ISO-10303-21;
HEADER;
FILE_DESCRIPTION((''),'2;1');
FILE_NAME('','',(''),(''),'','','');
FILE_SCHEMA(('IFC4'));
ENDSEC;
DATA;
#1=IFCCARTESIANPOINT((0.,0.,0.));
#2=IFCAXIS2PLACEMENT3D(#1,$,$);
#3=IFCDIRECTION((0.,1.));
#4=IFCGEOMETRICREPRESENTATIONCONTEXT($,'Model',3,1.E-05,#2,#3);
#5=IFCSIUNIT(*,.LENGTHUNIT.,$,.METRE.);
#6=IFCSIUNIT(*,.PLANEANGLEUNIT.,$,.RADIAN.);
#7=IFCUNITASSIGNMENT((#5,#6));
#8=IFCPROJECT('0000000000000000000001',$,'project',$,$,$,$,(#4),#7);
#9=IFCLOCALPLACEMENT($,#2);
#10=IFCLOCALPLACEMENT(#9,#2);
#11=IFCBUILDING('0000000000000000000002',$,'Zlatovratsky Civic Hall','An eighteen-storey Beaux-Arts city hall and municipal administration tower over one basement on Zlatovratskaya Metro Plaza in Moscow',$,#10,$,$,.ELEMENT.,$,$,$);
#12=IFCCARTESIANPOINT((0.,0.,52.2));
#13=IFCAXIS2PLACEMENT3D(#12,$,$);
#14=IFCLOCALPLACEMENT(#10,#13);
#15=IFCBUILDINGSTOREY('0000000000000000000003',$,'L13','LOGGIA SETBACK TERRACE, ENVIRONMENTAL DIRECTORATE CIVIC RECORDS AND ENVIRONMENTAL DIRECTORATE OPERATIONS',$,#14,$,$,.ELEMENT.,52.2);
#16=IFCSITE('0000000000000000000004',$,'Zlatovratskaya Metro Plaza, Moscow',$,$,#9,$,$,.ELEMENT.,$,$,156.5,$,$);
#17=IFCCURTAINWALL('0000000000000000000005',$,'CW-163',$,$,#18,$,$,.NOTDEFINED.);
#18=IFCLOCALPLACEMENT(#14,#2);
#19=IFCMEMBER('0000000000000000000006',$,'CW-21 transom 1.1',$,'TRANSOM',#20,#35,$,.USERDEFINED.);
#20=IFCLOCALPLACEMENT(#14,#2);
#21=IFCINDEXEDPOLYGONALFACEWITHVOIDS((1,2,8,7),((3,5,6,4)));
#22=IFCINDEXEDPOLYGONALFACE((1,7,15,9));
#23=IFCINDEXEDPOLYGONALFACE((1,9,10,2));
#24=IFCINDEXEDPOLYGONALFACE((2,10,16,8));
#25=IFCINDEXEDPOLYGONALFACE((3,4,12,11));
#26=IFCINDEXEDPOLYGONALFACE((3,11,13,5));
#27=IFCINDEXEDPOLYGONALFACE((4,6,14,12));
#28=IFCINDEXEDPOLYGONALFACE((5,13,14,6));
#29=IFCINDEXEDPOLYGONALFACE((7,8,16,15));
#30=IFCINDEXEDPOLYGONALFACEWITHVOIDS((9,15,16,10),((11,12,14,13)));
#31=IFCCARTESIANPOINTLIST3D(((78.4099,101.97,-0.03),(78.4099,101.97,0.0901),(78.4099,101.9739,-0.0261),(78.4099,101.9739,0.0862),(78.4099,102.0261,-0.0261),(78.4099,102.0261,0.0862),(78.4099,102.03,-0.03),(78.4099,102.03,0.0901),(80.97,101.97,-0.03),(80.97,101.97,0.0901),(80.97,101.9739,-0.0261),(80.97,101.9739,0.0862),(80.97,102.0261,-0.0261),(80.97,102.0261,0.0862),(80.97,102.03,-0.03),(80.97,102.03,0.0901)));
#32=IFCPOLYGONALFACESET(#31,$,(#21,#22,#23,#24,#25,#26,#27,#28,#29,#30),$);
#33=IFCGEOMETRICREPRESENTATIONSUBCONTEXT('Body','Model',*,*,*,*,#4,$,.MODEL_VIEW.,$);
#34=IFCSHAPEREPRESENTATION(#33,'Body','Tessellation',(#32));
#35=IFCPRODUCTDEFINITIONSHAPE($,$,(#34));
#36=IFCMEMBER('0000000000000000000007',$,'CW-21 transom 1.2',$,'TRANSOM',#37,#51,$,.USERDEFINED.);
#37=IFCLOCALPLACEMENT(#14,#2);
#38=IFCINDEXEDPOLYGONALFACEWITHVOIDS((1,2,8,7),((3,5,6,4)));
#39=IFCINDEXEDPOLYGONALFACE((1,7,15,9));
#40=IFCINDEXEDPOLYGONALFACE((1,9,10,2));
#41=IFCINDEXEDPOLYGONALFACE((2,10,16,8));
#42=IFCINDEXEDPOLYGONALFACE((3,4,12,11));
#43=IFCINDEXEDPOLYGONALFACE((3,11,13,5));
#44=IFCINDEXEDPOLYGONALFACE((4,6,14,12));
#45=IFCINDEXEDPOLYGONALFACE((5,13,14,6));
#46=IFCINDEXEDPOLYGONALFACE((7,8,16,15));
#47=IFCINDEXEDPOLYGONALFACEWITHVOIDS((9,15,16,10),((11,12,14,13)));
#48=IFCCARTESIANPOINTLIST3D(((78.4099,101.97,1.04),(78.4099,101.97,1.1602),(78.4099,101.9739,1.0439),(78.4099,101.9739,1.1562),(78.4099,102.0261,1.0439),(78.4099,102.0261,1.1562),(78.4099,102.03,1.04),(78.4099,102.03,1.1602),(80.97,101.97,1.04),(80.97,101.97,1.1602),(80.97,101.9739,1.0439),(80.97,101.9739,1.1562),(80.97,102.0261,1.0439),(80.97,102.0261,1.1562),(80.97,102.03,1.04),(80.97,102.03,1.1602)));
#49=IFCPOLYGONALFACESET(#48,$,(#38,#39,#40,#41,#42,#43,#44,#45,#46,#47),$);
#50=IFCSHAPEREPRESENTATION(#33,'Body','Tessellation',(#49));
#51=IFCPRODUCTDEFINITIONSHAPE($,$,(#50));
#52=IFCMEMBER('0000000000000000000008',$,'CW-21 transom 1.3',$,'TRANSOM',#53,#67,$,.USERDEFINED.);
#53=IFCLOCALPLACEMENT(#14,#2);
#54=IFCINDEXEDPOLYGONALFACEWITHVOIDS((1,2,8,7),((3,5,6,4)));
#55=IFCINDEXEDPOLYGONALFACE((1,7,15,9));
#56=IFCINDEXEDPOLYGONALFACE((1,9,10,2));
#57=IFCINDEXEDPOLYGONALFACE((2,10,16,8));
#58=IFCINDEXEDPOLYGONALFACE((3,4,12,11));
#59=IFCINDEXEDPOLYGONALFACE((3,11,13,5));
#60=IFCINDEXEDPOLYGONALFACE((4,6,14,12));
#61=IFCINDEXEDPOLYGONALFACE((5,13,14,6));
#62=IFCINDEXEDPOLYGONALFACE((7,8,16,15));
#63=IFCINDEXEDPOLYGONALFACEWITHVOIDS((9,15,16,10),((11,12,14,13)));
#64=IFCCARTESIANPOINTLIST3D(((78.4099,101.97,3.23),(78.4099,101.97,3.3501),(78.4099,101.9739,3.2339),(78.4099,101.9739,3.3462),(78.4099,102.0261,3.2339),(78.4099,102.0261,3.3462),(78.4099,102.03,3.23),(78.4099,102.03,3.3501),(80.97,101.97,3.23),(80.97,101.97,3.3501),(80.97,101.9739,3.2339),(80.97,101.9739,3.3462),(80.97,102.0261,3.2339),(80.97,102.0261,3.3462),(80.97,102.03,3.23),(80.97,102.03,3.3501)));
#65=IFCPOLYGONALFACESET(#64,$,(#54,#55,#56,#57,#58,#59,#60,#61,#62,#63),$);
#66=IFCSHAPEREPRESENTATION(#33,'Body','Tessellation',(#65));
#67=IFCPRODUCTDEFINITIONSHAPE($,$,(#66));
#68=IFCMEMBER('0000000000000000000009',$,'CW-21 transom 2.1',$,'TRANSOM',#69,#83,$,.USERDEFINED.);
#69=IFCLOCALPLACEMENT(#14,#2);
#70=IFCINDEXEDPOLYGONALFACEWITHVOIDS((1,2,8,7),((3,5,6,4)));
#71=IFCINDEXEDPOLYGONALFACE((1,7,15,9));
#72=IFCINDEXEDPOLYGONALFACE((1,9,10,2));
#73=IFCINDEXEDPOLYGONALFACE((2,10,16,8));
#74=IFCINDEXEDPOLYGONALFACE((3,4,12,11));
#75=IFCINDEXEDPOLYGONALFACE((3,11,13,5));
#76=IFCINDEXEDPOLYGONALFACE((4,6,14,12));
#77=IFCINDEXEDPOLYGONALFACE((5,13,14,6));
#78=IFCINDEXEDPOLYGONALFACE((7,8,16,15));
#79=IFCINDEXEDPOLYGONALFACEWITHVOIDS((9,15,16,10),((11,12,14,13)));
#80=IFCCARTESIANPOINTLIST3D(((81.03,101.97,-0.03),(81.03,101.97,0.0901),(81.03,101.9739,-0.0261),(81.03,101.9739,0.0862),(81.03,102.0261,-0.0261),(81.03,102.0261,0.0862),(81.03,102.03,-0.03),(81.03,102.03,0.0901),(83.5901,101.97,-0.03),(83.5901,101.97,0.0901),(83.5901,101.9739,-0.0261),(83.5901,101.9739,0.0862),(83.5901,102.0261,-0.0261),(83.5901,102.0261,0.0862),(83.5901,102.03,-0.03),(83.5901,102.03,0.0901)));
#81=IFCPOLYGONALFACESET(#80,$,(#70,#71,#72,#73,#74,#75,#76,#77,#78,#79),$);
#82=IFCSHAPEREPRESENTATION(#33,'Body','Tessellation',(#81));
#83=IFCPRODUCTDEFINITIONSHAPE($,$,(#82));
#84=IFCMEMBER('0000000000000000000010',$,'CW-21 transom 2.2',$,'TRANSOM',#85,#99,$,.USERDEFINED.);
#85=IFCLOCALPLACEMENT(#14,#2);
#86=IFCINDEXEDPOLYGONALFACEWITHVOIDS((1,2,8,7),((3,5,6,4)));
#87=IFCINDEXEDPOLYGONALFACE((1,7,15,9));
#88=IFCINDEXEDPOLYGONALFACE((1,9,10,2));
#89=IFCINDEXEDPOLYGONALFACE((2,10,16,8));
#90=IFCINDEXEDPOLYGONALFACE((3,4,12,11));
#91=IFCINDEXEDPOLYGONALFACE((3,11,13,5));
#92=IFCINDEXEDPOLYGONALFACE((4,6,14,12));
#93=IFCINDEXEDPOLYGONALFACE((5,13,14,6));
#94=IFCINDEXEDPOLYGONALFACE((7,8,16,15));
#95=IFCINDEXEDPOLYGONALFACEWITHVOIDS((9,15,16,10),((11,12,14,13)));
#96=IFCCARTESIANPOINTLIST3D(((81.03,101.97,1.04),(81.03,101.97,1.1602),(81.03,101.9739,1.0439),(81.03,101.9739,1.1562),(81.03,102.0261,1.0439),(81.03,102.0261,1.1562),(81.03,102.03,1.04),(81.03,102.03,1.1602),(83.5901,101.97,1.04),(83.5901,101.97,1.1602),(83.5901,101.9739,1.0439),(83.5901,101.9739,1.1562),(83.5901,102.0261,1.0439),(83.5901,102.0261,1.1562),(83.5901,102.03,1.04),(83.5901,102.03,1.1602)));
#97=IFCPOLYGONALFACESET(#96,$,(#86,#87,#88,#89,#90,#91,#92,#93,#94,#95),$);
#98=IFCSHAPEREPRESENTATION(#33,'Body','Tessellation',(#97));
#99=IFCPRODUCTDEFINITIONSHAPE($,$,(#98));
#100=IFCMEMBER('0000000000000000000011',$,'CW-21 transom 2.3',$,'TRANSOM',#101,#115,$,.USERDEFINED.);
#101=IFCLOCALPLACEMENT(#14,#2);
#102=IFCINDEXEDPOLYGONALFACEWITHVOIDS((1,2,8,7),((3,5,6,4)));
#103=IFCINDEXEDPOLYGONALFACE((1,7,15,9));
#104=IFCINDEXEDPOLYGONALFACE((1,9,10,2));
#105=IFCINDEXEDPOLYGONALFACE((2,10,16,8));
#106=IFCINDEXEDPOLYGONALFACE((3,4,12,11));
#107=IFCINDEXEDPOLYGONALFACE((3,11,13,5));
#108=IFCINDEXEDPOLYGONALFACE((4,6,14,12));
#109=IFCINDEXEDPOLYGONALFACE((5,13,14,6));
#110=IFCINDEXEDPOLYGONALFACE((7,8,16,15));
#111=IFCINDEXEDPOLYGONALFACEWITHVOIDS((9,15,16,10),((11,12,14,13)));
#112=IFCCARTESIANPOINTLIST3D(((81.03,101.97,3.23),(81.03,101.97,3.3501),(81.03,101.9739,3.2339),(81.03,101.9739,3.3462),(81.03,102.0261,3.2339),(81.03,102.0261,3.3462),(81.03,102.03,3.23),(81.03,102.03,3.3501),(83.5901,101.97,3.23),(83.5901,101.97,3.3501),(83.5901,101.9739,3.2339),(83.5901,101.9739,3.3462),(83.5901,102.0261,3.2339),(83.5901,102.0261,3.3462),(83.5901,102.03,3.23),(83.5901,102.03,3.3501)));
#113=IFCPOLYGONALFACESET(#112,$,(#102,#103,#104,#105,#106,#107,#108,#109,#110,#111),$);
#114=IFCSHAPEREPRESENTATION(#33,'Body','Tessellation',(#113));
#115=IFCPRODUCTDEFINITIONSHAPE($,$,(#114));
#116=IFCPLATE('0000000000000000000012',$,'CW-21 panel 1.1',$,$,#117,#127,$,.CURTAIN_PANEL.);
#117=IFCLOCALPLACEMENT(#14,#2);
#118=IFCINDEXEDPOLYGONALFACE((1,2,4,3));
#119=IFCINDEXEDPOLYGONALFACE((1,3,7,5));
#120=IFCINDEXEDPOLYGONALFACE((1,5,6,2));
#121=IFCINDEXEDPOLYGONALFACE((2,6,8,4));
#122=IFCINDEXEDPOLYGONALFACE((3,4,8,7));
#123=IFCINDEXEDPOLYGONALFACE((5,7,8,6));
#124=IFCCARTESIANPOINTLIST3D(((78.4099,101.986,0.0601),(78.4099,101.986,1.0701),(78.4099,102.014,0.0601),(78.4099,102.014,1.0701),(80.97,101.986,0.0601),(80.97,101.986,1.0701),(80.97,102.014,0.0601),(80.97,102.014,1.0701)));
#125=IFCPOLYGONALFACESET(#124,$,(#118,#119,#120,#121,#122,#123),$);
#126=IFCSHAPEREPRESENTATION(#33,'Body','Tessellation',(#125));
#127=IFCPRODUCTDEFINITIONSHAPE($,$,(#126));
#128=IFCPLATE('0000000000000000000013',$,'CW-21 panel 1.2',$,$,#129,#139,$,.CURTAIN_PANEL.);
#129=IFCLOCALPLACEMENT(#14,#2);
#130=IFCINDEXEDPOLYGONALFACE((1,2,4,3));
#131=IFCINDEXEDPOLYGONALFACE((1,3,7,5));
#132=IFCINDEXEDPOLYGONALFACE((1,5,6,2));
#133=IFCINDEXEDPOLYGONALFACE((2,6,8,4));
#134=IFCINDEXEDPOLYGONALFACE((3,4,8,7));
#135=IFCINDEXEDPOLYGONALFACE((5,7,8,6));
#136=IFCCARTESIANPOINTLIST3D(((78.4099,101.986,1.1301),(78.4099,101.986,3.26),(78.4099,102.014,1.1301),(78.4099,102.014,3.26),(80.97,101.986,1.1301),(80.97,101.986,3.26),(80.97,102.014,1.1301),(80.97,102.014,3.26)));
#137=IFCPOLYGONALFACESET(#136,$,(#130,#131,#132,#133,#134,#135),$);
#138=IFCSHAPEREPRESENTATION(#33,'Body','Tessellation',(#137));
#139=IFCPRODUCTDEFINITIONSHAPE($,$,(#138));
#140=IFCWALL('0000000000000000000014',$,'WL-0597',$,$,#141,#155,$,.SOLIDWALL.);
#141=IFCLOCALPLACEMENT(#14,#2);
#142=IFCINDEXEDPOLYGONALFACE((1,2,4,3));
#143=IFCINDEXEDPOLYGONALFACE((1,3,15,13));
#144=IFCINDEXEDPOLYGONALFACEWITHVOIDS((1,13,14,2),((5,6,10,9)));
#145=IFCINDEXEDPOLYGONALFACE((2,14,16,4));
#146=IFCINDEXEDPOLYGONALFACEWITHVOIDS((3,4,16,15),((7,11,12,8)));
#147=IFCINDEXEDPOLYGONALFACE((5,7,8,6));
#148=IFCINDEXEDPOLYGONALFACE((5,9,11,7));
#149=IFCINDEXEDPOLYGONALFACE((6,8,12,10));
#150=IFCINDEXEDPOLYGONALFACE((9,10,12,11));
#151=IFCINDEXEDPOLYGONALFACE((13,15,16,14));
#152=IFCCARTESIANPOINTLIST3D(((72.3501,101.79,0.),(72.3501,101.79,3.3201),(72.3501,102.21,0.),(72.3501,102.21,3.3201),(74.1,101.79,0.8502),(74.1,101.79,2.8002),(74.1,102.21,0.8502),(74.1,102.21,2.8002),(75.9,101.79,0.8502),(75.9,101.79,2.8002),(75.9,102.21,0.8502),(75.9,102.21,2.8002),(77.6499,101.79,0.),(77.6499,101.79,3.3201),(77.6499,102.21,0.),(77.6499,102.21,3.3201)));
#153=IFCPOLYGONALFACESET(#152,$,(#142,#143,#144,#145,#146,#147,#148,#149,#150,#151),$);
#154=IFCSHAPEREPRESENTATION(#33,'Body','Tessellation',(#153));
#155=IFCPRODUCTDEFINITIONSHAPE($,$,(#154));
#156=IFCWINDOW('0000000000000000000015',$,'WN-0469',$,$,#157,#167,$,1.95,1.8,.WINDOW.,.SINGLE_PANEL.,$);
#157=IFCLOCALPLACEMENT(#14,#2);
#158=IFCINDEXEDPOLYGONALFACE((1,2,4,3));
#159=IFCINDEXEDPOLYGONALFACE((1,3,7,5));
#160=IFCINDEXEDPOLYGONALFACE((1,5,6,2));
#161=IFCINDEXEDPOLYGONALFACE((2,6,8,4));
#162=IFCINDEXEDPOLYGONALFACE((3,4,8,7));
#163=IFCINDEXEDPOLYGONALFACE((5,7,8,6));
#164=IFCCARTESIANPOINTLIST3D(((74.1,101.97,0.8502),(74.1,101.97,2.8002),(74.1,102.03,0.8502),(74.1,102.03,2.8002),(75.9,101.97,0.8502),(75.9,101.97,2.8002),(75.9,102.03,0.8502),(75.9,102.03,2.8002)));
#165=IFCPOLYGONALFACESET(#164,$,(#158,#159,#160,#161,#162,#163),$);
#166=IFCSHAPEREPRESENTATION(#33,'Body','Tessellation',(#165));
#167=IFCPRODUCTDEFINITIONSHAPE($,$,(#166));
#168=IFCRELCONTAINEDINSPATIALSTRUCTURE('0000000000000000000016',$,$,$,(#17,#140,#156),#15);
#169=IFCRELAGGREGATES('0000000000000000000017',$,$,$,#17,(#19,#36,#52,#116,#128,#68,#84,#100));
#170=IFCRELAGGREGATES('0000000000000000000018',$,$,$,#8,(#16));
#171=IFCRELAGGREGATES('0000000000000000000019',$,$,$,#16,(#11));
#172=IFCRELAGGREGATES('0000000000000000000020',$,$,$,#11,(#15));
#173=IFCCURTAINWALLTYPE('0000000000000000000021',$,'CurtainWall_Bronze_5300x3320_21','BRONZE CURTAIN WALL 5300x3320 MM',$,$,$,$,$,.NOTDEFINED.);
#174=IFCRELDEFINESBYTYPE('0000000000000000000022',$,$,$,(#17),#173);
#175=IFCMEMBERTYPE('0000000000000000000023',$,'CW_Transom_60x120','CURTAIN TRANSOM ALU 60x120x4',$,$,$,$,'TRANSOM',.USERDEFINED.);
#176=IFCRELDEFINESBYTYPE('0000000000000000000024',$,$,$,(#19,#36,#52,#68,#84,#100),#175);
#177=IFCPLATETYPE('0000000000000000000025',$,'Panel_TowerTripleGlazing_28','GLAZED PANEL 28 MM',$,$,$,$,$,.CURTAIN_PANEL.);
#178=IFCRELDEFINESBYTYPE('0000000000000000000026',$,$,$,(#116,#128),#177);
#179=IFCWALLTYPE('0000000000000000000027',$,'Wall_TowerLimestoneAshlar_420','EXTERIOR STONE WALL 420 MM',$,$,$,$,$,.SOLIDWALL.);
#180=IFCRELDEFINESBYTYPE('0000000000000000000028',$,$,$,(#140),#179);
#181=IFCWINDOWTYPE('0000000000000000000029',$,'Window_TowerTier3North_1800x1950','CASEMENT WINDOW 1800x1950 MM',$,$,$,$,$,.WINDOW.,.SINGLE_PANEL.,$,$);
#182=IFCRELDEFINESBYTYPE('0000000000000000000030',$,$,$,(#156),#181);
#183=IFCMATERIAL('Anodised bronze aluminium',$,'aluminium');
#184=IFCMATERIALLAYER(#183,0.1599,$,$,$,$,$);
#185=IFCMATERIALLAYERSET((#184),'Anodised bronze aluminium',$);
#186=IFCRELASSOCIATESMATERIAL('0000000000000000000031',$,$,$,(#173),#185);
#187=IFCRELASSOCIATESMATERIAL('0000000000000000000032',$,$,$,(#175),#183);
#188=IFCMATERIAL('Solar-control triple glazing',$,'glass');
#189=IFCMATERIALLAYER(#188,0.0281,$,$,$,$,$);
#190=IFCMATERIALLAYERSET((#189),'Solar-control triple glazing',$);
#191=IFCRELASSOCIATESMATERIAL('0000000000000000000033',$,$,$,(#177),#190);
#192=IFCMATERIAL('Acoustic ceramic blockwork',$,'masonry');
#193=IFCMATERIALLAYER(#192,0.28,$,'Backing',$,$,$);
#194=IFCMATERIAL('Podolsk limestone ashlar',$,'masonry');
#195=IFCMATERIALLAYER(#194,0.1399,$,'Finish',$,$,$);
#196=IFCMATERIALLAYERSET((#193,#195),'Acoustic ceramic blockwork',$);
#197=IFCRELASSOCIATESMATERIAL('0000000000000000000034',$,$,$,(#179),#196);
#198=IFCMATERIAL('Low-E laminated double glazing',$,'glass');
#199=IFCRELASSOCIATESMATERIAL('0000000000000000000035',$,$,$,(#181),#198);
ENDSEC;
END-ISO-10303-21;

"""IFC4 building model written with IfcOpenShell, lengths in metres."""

from ifc_helpers import new_model, si_unit, direction, frame, frame_2d, origin, origin_2d, place, context, subcontext, project, spatial, rectangle, hollow_rectangle, extrude, material, layer, layer_set, material_profile, profile_set, type_object, element, fill, aggregate, save


model = new_model("IFC4")

# Units and contexts
model_context = context("Model", 3, precision=1e-05, world=origin(), true_north=direction((0.0, 1.0)))
body_context = subcontext(model_context, "Body", "Model", "MODEL_VIEW")
ifc_project = project(units=[si_unit("LENGTHUNIT", "METRE"), si_unit("PLANEANGLEUNIT", "RADIAN")], contexts=[model_context])

# Site, building, storey
site_placement = place(None, origin())
site = spatial("IfcSite", under=ifc_project, at=site_placement, Name="Zlatovratskaya Metro Plaza, Moscow", CompositionType="ELEMENT", RefElevation=156.5)
building_placement = place(site_placement, origin())
building = spatial("IfcBuilding", under=site, at=building_placement, Name="Zlatovratsky Civic Hall", Description="An eighteen-storey Beaux-Arts city hall and municipal administration tower over one basement on Zlatovratskaya Metro Plaza in Moscow", CompositionType="ELEMENT")
storey_placement = place(building_placement, frame((0.0, 0.0, 52.2)))
storey = spatial("IfcBuildingStorey", under=building, at=storey_placement, Name="L13", Description="LOGGIA SETBACK TERRACE, ENVIRONMENTAL DIRECTORATE CIVIC RECORDS AND ENVIRONMENTAL DIRECTORATE OPERATIONS", CompositionType="ELEMENT", Elevation=52.2)

# Curtain wall, members, plates
ifc_material_1 = material(Name="Anodised bronze aluminium", Category="aluminium")
ifc_layer_1 = layer(ifc_material_1, 0.1599)
ifc_layer_set_1 = layer_set([ifc_layer_1], Name="Anodised bronze aluminium")
curtain_wall_type = type_object("IfcCurtainWallType", Name="CurtainWall_Bronze_5300x3320_21", Description="BRONZE CURTAIN WALL 5300x3320 MM", PredefinedType="NOTDEFINED", material=ifc_layer_set_1)
curtain_wall_placement = place(storey_placement, origin())
curtain_wall = element("IfcCurtainWall", 1, at=curtain_wall_placement, inside=storey, type_object=curtain_wall_type, Name="CW-163", PredefinedType="NOTDEFINED")
ifc_material_profile_1 = material_profile(ifc_material_1, hollow_rectangle(XDim=0.0601, YDim=0.1201, WallThickness=0.0039, at=origin_2d()), Name="ALU 60x120x4")
ifc_profile_set_1 = profile_set([ifc_material_profile_1], Name="Anodised bronze aluminium")
member_type_1 = type_object("IfcMemberType", Name="CW_Transom_60x120", Description="CURTAIN TRANSOM ALU 60x120x4", ElementType="TRANSOM", PredefinedType="USERDEFINED", material=ifc_profile_set_1)
member_1_placement = place(storey_placement, frame((78.4099, 102.0, 0.03), z_axis=(1.0, 0.0, 0.0), x_axis=(0.0, 1.0, 0.0)))
member_1 = element("IfcMember", 2, at=member_1_placement, type_object=member_type_1, Name="CW-21 transom 1.1", ObjectType="TRANSOM", PredefinedType="USERDEFINED", context=body_context, shape_type="SweptSolid", body=[
    extrude(hollow_rectangle(XDim=0.0601, YDim=0.1201, WallThickness=0.0039, at=origin_2d()), origin(), (0.0, 0.0, 1.0), 2.5601),
])
member_2_placement = place(storey_placement, frame((78.4099, 102.0, 1.1001), z_axis=(1.0, 0.0, 0.0), x_axis=(0.0, 1.0, 0.0)))
member_2 = element("IfcMember", 3, at=member_2_placement, type_object=member_type_1, Name="CW-21 transom 1.2", ObjectType="TRANSOM", PredefinedType="USERDEFINED", context=body_context, shape_type="SweptSolid", body=[
    extrude(hollow_rectangle(XDim=0.0601, YDim=0.1201, WallThickness=0.0039, at=origin_2d()), origin(), (0.0, 0.0, 1.0), 2.5601),
])
member_3_placement = place(storey_placement, frame((78.4099, 102.0, 3.29), z_axis=(1.0, 0.0, 0.0), x_axis=(0.0, 1.0, 0.0)))
member_3 = element("IfcMember", 4, at=member_3_placement, type_object=member_type_1, Name="CW-21 transom 1.3", ObjectType="TRANSOM", PredefinedType="USERDEFINED", context=body_context, shape_type="SweptSolid", body=[
    extrude(hollow_rectangle(XDim=0.0601, YDim=0.1201, WallThickness=0.0039, at=origin_2d()), origin(), (0.0, 0.0, 1.0), 2.5601),
])
member_4_placement = place(storey_placement, frame((81.03, 102.0, 0.03), z_axis=(1.0, 0.0, 0.0), x_axis=(0.0, 1.0, 0.0)))
member_4 = element("IfcMember", 5, at=member_4_placement, type_object=member_type_1, Name="CW-21 transom 2.1", ObjectType="TRANSOM", PredefinedType="USERDEFINED", context=body_context, shape_type="SweptSolid", body=[
    extrude(hollow_rectangle(XDim=0.0601, YDim=0.1201, WallThickness=0.0039, at=origin_2d()), origin(), (0.0, 0.0, 1.0), 2.5601),
])
member_5_placement = place(storey_placement, frame((81.03, 102.0, 1.1001), z_axis=(1.0, 0.0, 0.0), x_axis=(0.0, 1.0, 0.0)))
member_5 = element("IfcMember", 6, at=member_5_placement, type_object=member_type_1, Name="CW-21 transom 2.2", ObjectType="TRANSOM", PredefinedType="USERDEFINED", context=body_context, shape_type="SweptSolid", body=[
    extrude(hollow_rectangle(XDim=0.0601, YDim=0.1201, WallThickness=0.0039, at=origin_2d()), origin(), (0.0, 0.0, 1.0), 2.5601),
])
member_6_placement = place(storey_placement, frame((81.03, 102.0, 3.29), z_axis=(1.0, 0.0, 0.0), x_axis=(0.0, 1.0, 0.0)))
member_6 = element("IfcMember", 7, at=member_6_placement, type_object=member_type_1, Name="CW-21 transom 2.3", ObjectType="TRANSOM", PredefinedType="USERDEFINED", context=body_context, shape_type="SweptSolid", body=[
    extrude(hollow_rectangle(XDim=0.0601, YDim=0.1201, WallThickness=0.0039, at=origin_2d()), origin(), (0.0, 0.0, 1.0), 2.5601),
])
ifc_material_2 = material(Name="Solar-control triple glazing", Category="glass")
ifc_layer_2 = layer(ifc_material_2, 0.0281)
ifc_layer_set_2 = layer_set([ifc_layer_2], Name="Solar-control triple glazing")
plate_type = type_object("IfcPlateType", Name="Panel_TowerTripleGlazing_28", Description="GLAZED PANEL 28 MM", PredefinedType="CURTAIN_PANEL", material=ifc_layer_set_2)
plate_1_placement = place(storey_placement, frame((79.6899, 102.0, 0.0601), z_axis=(0.0, 0.0, 1.0), x_axis=(1.0, 0.0, 0.0)))
plate_1 = element("IfcPlate", 8, at=plate_1_placement, type_object=plate_type, Name="CW-21 panel 1.1", PredefinedType="CURTAIN_PANEL", context=body_context, shape_type="SweptSolid", body=[
    extrude(rectangle(XDim=2.5601, YDim=0.0281, at=origin_2d()), origin(), (0.0, 0.0, 1.0), 1.01),
])
plate_2_placement = place(storey_placement, frame((79.6899, 102.0, 1.1301), z_axis=(0.0, 0.0, 1.0), x_axis=(1.0, 0.0, 0.0)))
plate_2 = element("IfcPlate", 9, at=plate_2_placement, type_object=plate_type, Name="CW-21 panel 1.2", PredefinedType="CURTAIN_PANEL", context=body_context, shape_type="SweptSolid", body=[
    extrude(rectangle(XDim=2.5601, YDim=0.0281, at=origin_2d()), origin(), (0.0, 0.0, 1.0), 2.1299),
])
aggregate(curtain_wall, [member_1, member_2, member_3, plate_1, plate_2, member_4, member_5, member_6])

# Wall, opening, window
ifc_material_3 = material(Name="Acoustic ceramic blockwork", Category="masonry")
ifc_layer_3 = layer(ifc_material_3, 0.28, Name="Backing")
ifc_material_4 = material(Name="Podolsk limestone ashlar", Category="masonry")
ifc_layer_4 = layer(ifc_material_4, 0.1399, Name="Finish")
ifc_layer_set_3 = layer_set([ifc_layer_3, ifc_layer_4], Name="Acoustic ceramic blockwork")
wall_type_1 = type_object("IfcWallType", Name="Wall_TowerLimestoneAshlar_420", Description="EXTERIOR STONE WALL 420 MM", PredefinedType="SOLIDWALL", material=ifc_layer_set_3)
wall_1_placement = place(storey_placement, frame((72.3501, 102.0, 0.0), z_axis=(0.0, 0.0, 1.0), x_axis=(1.0, 0.0, 0.0)))
wall_1 = element("IfcWall", 10, at=wall_1_placement, inside=storey, type_object=wall_type_1, Name="WL-0597", PredefinedType="SOLIDWALL", context=body_context, shape_type="SweptSolid", body=[
    extrude(rectangle(XDim=5.2998, YDim=0.4199, at=frame_2d((2.6499, 0.0))), origin(), (0.0, 0.0, 1.0), 3.3201),
])
opening_1_placement = place(wall_1_placement, frame((1.75, 0.0, 0.8501)))
opening_1 = element("IfcOpeningElement", 11, at=opening_1_placement, cuts=wall_1, PredefinedType="OPENING", context=body_context, shape_type="SweptSolid", body=[
    extrude(rectangle(XDim=1.8, YDim=1.95, at=frame_2d((0.8999, 0.9751))), frame((0.0, 0.2249, 0.0), z_axis=(0.0, -1.0, 0.0), x_axis=(1.0, 0.0, 0.0)), (0.0, 0.0, 1.0), 0.4497),
])
ifc_material_5 = material(Name="Low-E laminated double glazing", Category="glass")
window_type = type_object("IfcWindowType", Name="Window_TowerTier3North_1800x1950", Description="CASEMENT WINDOW 1800x1950 MM", PartitioningType="SINGLE_PANEL", PredefinedType="WINDOW", material=ifc_material_5)
window_placement = place(opening_1_placement, origin())
window = element("IfcWindow", 12, at=window_placement, inside=storey, type_object=window_type, Name="WN-0469", OverallHeight=1.95, OverallWidth=1.8, PartitioningType="SINGLE_PANEL", PredefinedType="WINDOW", context=body_context, shape_type="SweptSolid", body=[
    extrude(rectangle(XDim=1.8, YDim=1.95, at=frame_2d((0.8999, 0.9751))), frame((0.0, 0.03, 0.0), z_axis=(0.0, -1.0, 0.0), x_axis=(1.0, 0.0, 0.0)), (0.0, 0.0, 1.0), 0.0601),
])
fill(opening_1, window)

save(model, "model.ifc")
